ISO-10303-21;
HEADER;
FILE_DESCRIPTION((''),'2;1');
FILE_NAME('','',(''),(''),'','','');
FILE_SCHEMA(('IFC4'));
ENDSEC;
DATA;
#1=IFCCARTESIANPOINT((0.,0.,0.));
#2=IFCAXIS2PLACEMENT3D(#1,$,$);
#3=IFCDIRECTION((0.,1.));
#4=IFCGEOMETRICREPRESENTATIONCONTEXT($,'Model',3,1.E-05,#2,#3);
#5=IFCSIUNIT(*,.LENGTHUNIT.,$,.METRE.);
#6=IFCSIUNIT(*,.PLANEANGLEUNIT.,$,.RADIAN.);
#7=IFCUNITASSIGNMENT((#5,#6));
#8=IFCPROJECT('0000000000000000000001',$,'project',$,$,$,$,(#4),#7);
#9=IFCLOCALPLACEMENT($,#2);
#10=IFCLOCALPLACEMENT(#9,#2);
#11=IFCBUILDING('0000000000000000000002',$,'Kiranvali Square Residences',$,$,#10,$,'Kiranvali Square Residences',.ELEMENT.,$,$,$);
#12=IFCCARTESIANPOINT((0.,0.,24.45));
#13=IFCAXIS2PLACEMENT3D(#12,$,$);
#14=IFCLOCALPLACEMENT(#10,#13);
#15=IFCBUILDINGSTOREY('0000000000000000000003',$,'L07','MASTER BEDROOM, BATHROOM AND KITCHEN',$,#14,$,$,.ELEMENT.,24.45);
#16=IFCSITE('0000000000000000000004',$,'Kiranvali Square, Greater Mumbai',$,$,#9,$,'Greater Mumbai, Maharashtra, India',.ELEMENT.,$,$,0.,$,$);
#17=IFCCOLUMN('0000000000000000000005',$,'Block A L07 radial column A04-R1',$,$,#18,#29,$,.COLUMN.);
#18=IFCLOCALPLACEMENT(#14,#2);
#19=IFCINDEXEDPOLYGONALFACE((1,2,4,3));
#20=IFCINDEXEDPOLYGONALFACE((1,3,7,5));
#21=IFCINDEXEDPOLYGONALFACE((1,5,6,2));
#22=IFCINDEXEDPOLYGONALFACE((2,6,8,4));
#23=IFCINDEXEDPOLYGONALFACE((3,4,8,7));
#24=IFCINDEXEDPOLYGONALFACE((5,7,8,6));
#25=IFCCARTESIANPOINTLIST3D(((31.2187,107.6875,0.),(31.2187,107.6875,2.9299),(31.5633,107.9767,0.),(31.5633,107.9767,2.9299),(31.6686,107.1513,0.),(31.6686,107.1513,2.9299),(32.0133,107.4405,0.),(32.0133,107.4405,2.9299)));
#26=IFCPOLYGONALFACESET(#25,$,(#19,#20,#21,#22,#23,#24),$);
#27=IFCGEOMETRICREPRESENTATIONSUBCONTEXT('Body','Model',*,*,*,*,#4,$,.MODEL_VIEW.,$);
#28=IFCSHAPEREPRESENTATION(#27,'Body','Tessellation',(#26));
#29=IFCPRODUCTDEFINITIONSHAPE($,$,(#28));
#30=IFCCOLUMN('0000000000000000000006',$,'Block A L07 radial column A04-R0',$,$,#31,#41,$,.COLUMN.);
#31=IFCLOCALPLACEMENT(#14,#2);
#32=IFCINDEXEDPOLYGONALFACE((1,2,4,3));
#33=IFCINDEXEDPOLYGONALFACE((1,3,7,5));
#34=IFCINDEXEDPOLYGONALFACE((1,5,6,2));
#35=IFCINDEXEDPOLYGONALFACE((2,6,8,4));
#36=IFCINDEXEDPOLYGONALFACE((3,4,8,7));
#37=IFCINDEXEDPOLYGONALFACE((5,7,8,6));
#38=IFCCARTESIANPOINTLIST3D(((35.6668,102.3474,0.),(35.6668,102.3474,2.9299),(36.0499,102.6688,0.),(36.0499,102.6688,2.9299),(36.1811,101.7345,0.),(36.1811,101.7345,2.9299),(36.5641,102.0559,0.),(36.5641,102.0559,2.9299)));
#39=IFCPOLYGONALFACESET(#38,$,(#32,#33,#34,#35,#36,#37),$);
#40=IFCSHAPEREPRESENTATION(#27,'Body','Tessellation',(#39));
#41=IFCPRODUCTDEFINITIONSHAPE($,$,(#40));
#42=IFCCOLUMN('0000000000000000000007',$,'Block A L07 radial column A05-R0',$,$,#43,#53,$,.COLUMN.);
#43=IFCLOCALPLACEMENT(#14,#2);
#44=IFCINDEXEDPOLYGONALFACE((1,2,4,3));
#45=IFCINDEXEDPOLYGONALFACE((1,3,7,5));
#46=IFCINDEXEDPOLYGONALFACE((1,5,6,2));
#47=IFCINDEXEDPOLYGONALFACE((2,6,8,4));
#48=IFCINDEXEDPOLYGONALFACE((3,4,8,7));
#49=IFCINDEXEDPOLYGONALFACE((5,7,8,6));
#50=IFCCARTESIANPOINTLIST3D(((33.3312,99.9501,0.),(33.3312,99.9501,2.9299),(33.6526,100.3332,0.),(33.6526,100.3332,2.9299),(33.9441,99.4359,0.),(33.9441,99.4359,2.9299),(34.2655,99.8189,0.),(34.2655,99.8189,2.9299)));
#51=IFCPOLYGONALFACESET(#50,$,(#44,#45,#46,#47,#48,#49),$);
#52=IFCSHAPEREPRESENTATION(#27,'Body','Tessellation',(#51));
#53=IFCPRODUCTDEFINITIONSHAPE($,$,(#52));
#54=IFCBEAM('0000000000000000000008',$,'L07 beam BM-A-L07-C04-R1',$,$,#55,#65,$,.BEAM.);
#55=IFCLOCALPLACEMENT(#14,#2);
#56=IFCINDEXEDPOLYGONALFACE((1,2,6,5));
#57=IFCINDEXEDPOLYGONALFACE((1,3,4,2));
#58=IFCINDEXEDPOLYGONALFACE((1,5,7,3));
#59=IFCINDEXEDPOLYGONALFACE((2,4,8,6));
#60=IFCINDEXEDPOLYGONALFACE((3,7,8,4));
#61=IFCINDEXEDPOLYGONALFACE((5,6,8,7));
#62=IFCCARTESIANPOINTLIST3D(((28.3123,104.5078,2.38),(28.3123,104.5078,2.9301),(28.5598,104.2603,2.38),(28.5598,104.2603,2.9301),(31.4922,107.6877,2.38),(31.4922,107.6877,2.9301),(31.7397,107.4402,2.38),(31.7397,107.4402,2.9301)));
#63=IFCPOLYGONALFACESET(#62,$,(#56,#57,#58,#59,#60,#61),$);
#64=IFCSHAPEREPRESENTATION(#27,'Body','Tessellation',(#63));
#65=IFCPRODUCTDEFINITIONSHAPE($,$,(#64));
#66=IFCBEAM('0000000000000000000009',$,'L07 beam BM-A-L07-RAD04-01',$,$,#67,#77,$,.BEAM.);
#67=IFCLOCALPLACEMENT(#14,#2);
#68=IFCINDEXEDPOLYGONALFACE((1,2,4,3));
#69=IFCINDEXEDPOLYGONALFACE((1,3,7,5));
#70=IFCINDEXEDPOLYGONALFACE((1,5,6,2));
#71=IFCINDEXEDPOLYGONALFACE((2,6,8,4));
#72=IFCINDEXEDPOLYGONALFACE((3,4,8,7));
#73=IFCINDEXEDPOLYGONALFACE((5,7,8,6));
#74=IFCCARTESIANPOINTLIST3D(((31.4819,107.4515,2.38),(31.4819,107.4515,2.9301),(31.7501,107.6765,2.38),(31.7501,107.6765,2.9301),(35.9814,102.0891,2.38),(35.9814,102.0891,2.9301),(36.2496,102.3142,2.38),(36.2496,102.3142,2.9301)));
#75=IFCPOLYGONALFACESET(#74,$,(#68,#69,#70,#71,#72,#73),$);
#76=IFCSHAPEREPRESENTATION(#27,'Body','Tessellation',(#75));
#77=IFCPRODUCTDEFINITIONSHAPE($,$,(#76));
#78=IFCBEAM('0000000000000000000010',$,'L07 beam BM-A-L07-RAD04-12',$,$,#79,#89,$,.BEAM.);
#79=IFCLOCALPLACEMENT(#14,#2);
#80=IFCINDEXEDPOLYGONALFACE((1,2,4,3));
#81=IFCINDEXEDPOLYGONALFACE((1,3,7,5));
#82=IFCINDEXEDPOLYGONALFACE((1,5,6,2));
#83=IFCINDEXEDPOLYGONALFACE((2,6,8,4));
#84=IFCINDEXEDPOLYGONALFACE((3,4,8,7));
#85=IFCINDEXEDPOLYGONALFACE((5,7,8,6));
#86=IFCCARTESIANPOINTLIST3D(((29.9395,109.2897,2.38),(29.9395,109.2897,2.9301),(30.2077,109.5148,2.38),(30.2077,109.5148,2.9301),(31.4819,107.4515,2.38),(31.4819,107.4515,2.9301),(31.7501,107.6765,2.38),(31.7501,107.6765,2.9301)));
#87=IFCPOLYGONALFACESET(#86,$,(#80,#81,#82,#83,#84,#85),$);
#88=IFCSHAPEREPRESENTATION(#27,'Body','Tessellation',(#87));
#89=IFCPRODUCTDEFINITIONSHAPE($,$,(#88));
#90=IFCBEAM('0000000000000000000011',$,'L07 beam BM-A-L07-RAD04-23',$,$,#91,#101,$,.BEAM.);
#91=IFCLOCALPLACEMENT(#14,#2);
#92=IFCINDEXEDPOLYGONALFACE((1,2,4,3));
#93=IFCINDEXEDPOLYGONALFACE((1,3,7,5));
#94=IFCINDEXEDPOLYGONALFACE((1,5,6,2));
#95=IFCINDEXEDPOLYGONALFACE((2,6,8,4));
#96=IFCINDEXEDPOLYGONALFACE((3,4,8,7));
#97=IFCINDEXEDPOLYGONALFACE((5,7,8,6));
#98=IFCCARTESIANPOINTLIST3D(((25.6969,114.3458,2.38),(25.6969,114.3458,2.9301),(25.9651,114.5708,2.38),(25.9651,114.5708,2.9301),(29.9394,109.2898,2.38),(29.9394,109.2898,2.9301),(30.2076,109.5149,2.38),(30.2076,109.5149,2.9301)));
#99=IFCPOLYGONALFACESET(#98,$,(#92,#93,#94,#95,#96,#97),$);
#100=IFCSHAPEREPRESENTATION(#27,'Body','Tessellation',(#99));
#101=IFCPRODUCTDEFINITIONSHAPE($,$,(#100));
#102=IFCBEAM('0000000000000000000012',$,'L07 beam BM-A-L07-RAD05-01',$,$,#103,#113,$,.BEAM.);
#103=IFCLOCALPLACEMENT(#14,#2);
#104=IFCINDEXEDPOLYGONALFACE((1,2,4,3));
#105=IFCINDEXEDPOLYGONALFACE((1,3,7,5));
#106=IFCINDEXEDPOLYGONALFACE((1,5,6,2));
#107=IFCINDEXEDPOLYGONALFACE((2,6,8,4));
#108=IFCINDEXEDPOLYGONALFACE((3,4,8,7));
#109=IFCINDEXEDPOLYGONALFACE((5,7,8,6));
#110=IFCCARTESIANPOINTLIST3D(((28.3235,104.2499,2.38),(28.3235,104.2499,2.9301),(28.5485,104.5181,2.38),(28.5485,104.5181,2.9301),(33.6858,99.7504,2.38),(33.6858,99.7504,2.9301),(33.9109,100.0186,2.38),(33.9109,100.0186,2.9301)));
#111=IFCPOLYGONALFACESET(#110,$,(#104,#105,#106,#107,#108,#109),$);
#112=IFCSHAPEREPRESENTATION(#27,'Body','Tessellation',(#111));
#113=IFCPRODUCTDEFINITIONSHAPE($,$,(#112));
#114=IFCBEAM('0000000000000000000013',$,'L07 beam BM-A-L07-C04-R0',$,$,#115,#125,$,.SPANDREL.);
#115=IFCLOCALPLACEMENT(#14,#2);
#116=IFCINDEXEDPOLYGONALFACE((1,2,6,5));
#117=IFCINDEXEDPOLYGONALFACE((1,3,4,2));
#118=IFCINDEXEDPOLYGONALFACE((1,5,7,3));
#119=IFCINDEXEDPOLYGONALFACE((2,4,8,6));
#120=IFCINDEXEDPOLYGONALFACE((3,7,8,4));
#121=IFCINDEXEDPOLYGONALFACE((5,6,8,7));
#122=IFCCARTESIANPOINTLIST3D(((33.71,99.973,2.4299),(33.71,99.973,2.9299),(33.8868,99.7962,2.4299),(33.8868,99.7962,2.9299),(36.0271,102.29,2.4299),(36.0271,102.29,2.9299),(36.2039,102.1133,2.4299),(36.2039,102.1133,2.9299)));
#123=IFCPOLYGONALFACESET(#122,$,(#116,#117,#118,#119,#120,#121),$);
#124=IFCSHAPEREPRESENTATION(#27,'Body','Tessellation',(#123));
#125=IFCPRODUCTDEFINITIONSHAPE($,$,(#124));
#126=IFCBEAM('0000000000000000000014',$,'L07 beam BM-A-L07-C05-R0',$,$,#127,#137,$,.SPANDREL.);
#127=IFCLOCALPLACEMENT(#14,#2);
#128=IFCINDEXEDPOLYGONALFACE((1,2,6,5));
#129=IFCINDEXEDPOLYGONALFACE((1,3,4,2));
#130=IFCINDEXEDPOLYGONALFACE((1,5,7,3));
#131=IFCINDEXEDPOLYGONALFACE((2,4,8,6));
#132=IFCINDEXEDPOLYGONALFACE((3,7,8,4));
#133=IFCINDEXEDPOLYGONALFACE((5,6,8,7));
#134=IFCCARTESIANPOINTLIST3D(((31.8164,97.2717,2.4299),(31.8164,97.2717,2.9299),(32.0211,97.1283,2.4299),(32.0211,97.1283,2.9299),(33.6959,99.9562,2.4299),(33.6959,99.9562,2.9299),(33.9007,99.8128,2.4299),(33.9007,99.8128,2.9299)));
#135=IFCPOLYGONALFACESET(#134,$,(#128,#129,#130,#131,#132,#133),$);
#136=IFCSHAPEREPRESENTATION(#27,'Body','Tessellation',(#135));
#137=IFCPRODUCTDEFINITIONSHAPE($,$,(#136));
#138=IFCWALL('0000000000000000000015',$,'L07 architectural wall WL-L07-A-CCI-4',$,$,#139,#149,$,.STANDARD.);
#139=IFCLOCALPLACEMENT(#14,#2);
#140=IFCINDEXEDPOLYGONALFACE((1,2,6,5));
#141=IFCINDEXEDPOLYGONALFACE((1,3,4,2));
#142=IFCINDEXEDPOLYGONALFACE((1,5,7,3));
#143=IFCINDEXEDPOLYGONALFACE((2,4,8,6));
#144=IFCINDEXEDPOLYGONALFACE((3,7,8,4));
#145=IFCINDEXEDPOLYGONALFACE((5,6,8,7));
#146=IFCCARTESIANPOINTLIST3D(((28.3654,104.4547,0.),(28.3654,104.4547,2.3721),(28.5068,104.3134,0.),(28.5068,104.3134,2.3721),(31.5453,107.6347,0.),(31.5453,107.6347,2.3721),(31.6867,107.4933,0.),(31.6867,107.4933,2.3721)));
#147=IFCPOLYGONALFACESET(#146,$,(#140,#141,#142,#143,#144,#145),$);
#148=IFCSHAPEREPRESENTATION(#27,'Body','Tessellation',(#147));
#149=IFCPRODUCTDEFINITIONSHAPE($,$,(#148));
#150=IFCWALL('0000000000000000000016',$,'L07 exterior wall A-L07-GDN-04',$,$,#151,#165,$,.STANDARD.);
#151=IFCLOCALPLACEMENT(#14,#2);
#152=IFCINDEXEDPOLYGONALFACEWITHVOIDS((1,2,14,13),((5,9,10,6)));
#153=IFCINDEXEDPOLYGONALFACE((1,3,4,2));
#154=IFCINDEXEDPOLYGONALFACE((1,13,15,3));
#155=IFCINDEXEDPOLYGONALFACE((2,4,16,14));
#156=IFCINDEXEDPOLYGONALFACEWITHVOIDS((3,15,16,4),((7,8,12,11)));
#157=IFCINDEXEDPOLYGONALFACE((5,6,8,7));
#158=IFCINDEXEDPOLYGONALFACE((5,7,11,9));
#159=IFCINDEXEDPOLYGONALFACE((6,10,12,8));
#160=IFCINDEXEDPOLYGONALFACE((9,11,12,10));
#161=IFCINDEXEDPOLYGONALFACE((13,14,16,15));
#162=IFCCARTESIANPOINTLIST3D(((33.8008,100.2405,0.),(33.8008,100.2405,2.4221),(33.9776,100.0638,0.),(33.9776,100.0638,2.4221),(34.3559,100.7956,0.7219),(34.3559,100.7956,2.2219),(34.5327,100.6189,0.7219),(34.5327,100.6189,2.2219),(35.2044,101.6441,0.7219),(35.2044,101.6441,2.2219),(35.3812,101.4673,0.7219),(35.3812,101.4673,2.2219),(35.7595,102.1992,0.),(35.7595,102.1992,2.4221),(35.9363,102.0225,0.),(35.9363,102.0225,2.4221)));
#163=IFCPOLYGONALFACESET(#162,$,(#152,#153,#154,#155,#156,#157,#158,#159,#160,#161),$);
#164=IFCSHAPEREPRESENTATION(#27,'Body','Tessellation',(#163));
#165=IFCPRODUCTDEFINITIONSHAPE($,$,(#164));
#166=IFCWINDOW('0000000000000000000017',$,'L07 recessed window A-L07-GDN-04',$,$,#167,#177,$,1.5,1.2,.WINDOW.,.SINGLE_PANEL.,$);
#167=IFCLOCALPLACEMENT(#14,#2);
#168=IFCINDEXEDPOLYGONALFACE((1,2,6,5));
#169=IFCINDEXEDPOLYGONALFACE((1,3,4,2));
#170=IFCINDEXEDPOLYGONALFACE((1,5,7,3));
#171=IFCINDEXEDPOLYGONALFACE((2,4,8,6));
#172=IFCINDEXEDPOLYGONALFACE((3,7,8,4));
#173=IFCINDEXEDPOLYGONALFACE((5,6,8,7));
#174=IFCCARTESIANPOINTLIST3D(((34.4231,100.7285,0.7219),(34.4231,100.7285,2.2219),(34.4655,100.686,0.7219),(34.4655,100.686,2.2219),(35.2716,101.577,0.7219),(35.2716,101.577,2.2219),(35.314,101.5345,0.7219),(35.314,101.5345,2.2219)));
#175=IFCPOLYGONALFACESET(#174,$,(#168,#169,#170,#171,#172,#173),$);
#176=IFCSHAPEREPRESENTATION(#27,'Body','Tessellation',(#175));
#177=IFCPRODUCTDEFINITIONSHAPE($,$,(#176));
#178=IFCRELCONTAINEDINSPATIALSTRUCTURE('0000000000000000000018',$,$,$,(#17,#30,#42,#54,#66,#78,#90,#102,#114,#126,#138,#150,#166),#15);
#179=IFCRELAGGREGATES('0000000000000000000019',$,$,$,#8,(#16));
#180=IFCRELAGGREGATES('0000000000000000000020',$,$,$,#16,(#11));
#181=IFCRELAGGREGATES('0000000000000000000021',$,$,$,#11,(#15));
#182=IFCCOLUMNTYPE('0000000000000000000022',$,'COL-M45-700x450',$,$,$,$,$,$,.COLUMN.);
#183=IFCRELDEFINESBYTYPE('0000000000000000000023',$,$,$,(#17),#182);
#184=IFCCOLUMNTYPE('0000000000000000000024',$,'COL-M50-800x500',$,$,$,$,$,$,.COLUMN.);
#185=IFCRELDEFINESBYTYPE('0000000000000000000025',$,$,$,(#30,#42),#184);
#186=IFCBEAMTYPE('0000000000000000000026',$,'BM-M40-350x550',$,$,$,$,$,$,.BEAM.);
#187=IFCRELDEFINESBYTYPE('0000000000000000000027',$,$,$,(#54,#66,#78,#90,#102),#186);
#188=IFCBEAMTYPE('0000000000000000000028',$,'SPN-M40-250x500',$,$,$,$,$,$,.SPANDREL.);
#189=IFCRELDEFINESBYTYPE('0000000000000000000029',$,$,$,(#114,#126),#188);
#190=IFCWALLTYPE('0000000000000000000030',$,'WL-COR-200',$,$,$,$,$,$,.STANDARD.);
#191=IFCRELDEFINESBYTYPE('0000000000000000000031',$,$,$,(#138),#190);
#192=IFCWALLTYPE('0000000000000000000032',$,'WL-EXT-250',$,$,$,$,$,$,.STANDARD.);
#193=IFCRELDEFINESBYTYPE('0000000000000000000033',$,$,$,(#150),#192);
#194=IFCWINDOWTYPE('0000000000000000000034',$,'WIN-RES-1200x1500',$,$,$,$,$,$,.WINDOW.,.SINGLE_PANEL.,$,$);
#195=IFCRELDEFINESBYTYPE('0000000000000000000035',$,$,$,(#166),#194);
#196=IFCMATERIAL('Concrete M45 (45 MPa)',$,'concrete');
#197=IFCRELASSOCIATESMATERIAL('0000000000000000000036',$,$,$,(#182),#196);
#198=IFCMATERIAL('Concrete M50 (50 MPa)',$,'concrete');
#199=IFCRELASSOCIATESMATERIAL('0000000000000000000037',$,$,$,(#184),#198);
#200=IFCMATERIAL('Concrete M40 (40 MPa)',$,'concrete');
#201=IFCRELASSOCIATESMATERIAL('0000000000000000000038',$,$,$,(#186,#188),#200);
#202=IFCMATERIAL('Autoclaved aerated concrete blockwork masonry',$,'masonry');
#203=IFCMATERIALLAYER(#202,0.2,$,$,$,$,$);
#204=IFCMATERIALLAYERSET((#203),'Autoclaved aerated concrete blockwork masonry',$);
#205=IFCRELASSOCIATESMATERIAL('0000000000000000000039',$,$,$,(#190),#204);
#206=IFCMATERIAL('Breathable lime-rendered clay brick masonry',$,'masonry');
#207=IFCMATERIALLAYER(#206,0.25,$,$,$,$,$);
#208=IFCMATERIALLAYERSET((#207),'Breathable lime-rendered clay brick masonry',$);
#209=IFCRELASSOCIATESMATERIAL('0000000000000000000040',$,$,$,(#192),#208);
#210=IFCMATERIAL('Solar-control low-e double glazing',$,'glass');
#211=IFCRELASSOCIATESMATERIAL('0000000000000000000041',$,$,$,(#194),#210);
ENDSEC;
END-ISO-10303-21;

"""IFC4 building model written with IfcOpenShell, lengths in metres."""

from ifc_helpers import new_model, si_unit, direction, frame, frame_2d, origin, origin_2d, place, context, subcontext, project, spatial, rectangle, extrude, material, layer, layer_set, material_profile, profile_set, type_object, element, fill, save


model = new_model("IFC4")

# Units and contexts
model_context = context("Model", 3, precision=1e-05, world=origin(), true_north=direction((0.0, 1.0)))
body_context = subcontext(model_context, "Body", "Model", "MODEL_VIEW")
ifc_project = project(units=[si_unit("LENGTHUNIT", "METRE"), si_unit("PLANEANGLEUNIT", "RADIAN")], contexts=[model_context])

# Site, building, storey
site_placement = place(None, origin())
site = spatial("IfcSite", under=ifc_project, at=site_placement, Name="Kiranvali Square, Greater Mumbai", LongName="Greater Mumbai, Maharashtra, India", CompositionType="ELEMENT", RefElevation=0.0)
building_placement = place(site_placement, origin())
building = spatial("IfcBuilding", under=site, at=building_placement, Name="Kiranvali Square Residences", LongName="Kiranvali Square Residences", CompositionType="ELEMENT")
storey_placement = place(building_placement, frame((0.0, 0.0, 24.45)))
storey = spatial("IfcBuildingStorey", under=building, at=storey_placement, Name="L07", Description="MASTER BEDROOM, BATHROOM AND KITCHEN", CompositionType="ELEMENT", Elevation=24.45)

# Columns
ifc_material_1 = material(Name="Concrete M45 (45 MPa)", Category="concrete")
ifc_material_profile_1 = material_profile(ifc_material_1, rectangle(XDim=0.45, YDim=0.7, at=origin_2d()), Name="RC 700x450")
ifc_profile_set_1 = profile_set([ifc_material_profile_1], Name="Concrete M45 (45 MPa)")
column_type_1 = type_object("IfcColumnType", Name="COL-M45-700x450", PredefinedType="COLUMN", material=ifc_profile_set_1)
column_placement = place(storey_placement, frame((31.616, 107.564, 0.0), z_axis=(0.0, 0.0, 1.0), x_axis=(0.766044, 0.642788, 0.0)))
element("IfcColumn", 1, at=column_placement, inside=storey, type_object=column_type_1, Name="Block A L07 radial column A04-R1", PredefinedType="COLUMN", context=body_context, shape_type="SweptSolid", body=[
    extrude(rectangle(XDim=0.45, YDim=0.7, at=origin_2d()), origin(), (0.0, 0.0, 1.0), 2.9299),
])
ifc_material_2 = material(Name="Concrete M50 (50 MPa)", Category="concrete")
ifc_material_profile_2 = material_profile(ifc_material_2, rectangle(XDim=0.5, YDim=0.8, at=origin_2d()), Name="RC 800x500")
ifc_profile_set_2 = profile_set([ifc_material_profile_2], Name="Concrete M50 (50 MPa)")
column_type_2 = type_object("IfcColumnType", Name="COL-M50-800x500", PredefinedType="COLUMN", material=ifc_profile_set_2)
for number, where, z_axis, x_axis, name in (
    (2, (36.1155, 102.2017, 0.0), (0.0, 0.0, 1.0), (0.766044, 0.642788, 0.0), "Block A L07 radial column A04-R0"),
    (3, (33.7983, 99.8845, 0.0), (0.0, 0.0, 1.0), (0.642788, 0.766044, 0.0), "Block A L07 radial column A05-R0"),
):
    element("IfcColumn", number, at=place(storey_placement, frame(where, z_axis=z_axis, x_axis=x_axis)), inside=storey, type_object=column_type_2, Name=name, PredefinedType="COLUMN", context=body_context, shape_type="SweptSolid", body=[
        extrude(rectangle(XDim=0.5, YDim=0.8, at=origin_2d()), origin(), (0.0, 0.0, 1.0), 2.9299),
    ])

# Beams
ifc_material_3 = material(Name="Concrete M40 (40 MPa)", Category="concrete")
ifc_material_profile_3 = material_profile(ifc_material_3, rectangle(XDim=0.3501, YDim=0.55, at=origin_2d()), Name="RC 350x550")
ifc_profile_set_3 = profile_set([ifc_material_profile_3], Name="Concrete M40 (40 MPa)")
beam_type_1 = type_object("IfcBeamType", Name="BM-M40-350x550", PredefinedType="BEAM", material=ifc_profile_set_3)
beam_1_placement = place(storey_placement, frame((31.616, 107.564, 2.655), z_axis=(-0.707107, -0.707107, 0.0), x_axis=(0.707107, -0.707107, 0.0)))
element("IfcBeam", 4, at=beam_1_placement, inside=storey, type_object=beam_type_1, Name="L07 beam BM-A-L07-C04-R1", PredefinedType="BEAM", context=body_context, shape_type="SweptSolid", body=[
    extrude(rectangle(XDim=0.3501, YDim=0.55, at=origin_2d()), origin(), (0.0, 0.0, 1.0), 4.4971),
])
beam_2_placement = place(storey_placement, frame((36.1155, 102.2017, 2.655), z_axis=(-0.642788, 0.766044, 0.0), x_axis=(-0.766044, -0.642788, 0.0)))
element("IfcBeam", 5, at=beam_2_placement, inside=storey, type_object=beam_type_1, Name="L07 beam BM-A-L07-RAD04-01", PredefinedType="BEAM", context=body_context, shape_type="SweptSolid", body=[
    extrude(rectangle(XDim=0.3501, YDim=0.55, at=origin_2d()), origin(), (0.0, 0.0, 1.0), 7.0),
])
beam_3_placement = place(storey_placement, frame((31.616, 107.564, 2.655), z_axis=(-0.642763, 0.766065, 0.0), x_axis=(-0.766065, -0.642763, 0.0)))
element("IfcBeam", 6, at=beam_3_placement, inside=storey, type_object=beam_type_1, Name="L07 beam BM-A-L07-RAD04-12", PredefinedType="BEAM", context=body_context, shape_type="SweptSolid", body=[
    extrude(rectangle(XDim=0.3501, YDim=0.55, at=origin_2d()), origin(), (0.0, 0.0, 1.0), 2.3997),
])
beam_4_placement = place(storey_placement, frame((30.0735, 109.4023, 2.655), z_axis=(-0.642789, 0.766043, 0.0), x_axis=(-0.766043, -0.642789, 0.0)))
element("IfcBeam", 7, at=beam_4_placement, inside=storey, type_object=beam_type_1, Name="L07 beam BM-A-L07-RAD04-23", PredefinedType="BEAM", context=body_context, shape_type="SweptSolid", body=[
    extrude(rectangle(XDim=0.3501, YDim=0.55, at=origin_2d()), origin(), (0.0, 0.0, 1.0), 6.6001),
])
beam_5_placement = place(storey_placement, frame((33.7983, 99.8845, 2.655), z_axis=(-0.766044, 0.642788, 0.0), x_axis=(-0.642788, -0.766044, 0.0)))
element("IfcBeam", 8, at=beam_5_placement, inside=storey, type_object=beam_type_1, Name="L07 beam BM-A-L07-RAD05-01", PredefinedType="BEAM", context=body_context, shape_type="SweptSolid", body=[
    extrude(rectangle(XDim=0.3501, YDim=0.55, at=origin_2d()), origin(), (0.0, 0.0, 1.0), 7.0),
])
ifc_material_profile_4 = material_profile(ifc_material_3, rectangle(XDim=0.25, YDim=0.5, at=origin_2d()), Name="RC 250x500")
ifc_profile_set_4 = profile_set([ifc_material_profile_4], Name="Concrete M40 (40 MPa)")
beam_type_2 = type_object("IfcBeamType", Name="SPN-M40-250x500", PredefinedType="SPANDREL", material=ifc_profile_set_4)
beam_6_placement = place(storey_placement, frame((36.1155, 102.2017, 2.6799), z_axis=(-0.707107, -0.707107, 0.0), x_axis=(0.707107, -0.707107, 0.0)))
element("IfcBeam", 9, at=beam_6_placement, inside=storey, type_object=beam_type_2, Name="L07 beam BM-A-L07-C04-R0", PredefinedType="SPANDREL", context=body_context, shape_type="SweptSolid", body=[
    extrude(rectangle(XDim=0.25, YDim=0.5, at=origin_2d()), origin(), (0.0, 0.0, 1.0), 3.2769),
])
beam_7_placement = place(storey_placement, frame((33.7983, 99.8845, 2.6799), z_axis=(-0.573552, -0.819169, 0.0), x_axis=(0.819169, -0.573552, 0.0)))
element("IfcBeam", 10, at=beam_7_placement, inside=storey, type_object=beam_type_2, Name="L07 beam BM-A-L07-C05-R0", PredefinedType="SPANDREL", context=body_context, shape_type="SweptSolid", body=[
    extrude(rectangle(XDim=0.25, YDim=0.5, at=origin_2d()), origin(), (0.0, 0.0, 1.0), 3.2771),
])

# Wall
ifc_material_4 = material(Name="Autoclaved aerated concrete blockwork masonry", Category="masonry")
ifc_layer_1 = layer(ifc_material_4, 0.2)
ifc_layer_set_1 = layer_set([ifc_layer_1], Name="Autoclaved aerated concrete blockwork masonry")
wall_type_1 = type_object("IfcWallType", Name="WL-COR-200", PredefinedType="STANDARD", material=ifc_layer_set_1)
wall_1_placement = place(storey_placement, frame((31.616, 107.564, 0.0), z_axis=(0.0, 0.0, 1.0), x_axis=(-0.707107, -0.707107, 0.0)))
element("IfcWall", 11, at=wall_1_placement, inside=storey, type_object=wall_type_1, Name="L07 architectural wall WL-L07-A-CCI-4", PredefinedType="STANDARD", context=body_context, shape_type="SweptSolid", body=[
    extrude(rectangle(XDim=4.4971, YDim=0.2, at=frame_2d((2.2485, 0.0))), origin(), (0.0, 0.0, 1.0), 2.3721),
])

# Wall, opening, window
ifc_material_5 = material(Name="Breathable lime-rendered clay brick masonry", Category="masonry")
ifc_layer_2 = layer(ifc_material_5, 0.25)
ifc_layer_set_2 = layer_set([ifc_layer_2], Name="Breathable lime-rendered clay brick masonry")
wall_type_2 = type_object("IfcWallType", Name="WL-EXT-250", PredefinedType="STANDARD", material=ifc_layer_set_2)
wall_2_placement = place(storey_placement, frame((35.8479, 102.1108, 0.0), z_axis=(0.0, 0.0, 1.0), x_axis=(-0.707107, -0.707107, 0.0)))
wall_2 = element("IfcWall", 12, at=wall_2_placement, inside=storey, type_object=wall_type_2, Name="L07 exterior wall A-L07-GDN-04", PredefinedType="STANDARD", context=body_context, shape_type="SweptSolid", body=[
    extrude(rectangle(XDim=2.77, YDim=0.25, at=frame_2d((1.385, 0.0))), origin(), (0.0, 0.0, 1.0), 2.4221),
])
opening_1_placement = place(wall_2_placement, frame((0.7849, 0.0, 0.7219)))
opening_1 = element("IfcOpeningElement", 13, at=opening_1_placement, cuts=wall_2, PredefinedType="OPENING", context=body_context, shape_type="SweptSolid", body=[
    extrude(rectangle(XDim=1.2, YDim=1.5, at=frame_2d((0.6001, 0.75))), frame((0.0, 0.135, 0.0), z_axis=(0.0, -1.0, 0.0), x_axis=(1.0, 0.0, 0.0)), (0.0, 0.0, 1.0), 0.27),
])
ifc_material_6 = material(Name="Solar-control low-e double glazing", Category="glass")
window_type = type_object("IfcWindowType", Name="WIN-RES-1200x1500", PartitioningType="SINGLE_PANEL", PredefinedType="WINDOW", material=ifc_material_6)
window_placement = place(opening_1_placement, origin())
window = element("IfcWindow", 14, at=window_placement, inside=storey, type_object=window_type, Name="L07 recessed window A-L07-GDN-04", OverallHeight=1.5, OverallWidth=1.2, PartitioningType="SINGLE_PANEL", PredefinedType="WINDOW", context=body_context, shape_type="SweptSolid", body=[
    extrude(rectangle(XDim=1.2, YDim=1.5, at=frame_2d((0.6001, 0.75))), frame((0.0, 0.03, 0.0), z_axis=(0.0, -1.0, 0.0), x_axis=(1.0, 0.0, 0.0)), (0.0, 0.0, 1.0), 0.0601),
])
fill(opening_1, window)

save(model, "model.ifc")
